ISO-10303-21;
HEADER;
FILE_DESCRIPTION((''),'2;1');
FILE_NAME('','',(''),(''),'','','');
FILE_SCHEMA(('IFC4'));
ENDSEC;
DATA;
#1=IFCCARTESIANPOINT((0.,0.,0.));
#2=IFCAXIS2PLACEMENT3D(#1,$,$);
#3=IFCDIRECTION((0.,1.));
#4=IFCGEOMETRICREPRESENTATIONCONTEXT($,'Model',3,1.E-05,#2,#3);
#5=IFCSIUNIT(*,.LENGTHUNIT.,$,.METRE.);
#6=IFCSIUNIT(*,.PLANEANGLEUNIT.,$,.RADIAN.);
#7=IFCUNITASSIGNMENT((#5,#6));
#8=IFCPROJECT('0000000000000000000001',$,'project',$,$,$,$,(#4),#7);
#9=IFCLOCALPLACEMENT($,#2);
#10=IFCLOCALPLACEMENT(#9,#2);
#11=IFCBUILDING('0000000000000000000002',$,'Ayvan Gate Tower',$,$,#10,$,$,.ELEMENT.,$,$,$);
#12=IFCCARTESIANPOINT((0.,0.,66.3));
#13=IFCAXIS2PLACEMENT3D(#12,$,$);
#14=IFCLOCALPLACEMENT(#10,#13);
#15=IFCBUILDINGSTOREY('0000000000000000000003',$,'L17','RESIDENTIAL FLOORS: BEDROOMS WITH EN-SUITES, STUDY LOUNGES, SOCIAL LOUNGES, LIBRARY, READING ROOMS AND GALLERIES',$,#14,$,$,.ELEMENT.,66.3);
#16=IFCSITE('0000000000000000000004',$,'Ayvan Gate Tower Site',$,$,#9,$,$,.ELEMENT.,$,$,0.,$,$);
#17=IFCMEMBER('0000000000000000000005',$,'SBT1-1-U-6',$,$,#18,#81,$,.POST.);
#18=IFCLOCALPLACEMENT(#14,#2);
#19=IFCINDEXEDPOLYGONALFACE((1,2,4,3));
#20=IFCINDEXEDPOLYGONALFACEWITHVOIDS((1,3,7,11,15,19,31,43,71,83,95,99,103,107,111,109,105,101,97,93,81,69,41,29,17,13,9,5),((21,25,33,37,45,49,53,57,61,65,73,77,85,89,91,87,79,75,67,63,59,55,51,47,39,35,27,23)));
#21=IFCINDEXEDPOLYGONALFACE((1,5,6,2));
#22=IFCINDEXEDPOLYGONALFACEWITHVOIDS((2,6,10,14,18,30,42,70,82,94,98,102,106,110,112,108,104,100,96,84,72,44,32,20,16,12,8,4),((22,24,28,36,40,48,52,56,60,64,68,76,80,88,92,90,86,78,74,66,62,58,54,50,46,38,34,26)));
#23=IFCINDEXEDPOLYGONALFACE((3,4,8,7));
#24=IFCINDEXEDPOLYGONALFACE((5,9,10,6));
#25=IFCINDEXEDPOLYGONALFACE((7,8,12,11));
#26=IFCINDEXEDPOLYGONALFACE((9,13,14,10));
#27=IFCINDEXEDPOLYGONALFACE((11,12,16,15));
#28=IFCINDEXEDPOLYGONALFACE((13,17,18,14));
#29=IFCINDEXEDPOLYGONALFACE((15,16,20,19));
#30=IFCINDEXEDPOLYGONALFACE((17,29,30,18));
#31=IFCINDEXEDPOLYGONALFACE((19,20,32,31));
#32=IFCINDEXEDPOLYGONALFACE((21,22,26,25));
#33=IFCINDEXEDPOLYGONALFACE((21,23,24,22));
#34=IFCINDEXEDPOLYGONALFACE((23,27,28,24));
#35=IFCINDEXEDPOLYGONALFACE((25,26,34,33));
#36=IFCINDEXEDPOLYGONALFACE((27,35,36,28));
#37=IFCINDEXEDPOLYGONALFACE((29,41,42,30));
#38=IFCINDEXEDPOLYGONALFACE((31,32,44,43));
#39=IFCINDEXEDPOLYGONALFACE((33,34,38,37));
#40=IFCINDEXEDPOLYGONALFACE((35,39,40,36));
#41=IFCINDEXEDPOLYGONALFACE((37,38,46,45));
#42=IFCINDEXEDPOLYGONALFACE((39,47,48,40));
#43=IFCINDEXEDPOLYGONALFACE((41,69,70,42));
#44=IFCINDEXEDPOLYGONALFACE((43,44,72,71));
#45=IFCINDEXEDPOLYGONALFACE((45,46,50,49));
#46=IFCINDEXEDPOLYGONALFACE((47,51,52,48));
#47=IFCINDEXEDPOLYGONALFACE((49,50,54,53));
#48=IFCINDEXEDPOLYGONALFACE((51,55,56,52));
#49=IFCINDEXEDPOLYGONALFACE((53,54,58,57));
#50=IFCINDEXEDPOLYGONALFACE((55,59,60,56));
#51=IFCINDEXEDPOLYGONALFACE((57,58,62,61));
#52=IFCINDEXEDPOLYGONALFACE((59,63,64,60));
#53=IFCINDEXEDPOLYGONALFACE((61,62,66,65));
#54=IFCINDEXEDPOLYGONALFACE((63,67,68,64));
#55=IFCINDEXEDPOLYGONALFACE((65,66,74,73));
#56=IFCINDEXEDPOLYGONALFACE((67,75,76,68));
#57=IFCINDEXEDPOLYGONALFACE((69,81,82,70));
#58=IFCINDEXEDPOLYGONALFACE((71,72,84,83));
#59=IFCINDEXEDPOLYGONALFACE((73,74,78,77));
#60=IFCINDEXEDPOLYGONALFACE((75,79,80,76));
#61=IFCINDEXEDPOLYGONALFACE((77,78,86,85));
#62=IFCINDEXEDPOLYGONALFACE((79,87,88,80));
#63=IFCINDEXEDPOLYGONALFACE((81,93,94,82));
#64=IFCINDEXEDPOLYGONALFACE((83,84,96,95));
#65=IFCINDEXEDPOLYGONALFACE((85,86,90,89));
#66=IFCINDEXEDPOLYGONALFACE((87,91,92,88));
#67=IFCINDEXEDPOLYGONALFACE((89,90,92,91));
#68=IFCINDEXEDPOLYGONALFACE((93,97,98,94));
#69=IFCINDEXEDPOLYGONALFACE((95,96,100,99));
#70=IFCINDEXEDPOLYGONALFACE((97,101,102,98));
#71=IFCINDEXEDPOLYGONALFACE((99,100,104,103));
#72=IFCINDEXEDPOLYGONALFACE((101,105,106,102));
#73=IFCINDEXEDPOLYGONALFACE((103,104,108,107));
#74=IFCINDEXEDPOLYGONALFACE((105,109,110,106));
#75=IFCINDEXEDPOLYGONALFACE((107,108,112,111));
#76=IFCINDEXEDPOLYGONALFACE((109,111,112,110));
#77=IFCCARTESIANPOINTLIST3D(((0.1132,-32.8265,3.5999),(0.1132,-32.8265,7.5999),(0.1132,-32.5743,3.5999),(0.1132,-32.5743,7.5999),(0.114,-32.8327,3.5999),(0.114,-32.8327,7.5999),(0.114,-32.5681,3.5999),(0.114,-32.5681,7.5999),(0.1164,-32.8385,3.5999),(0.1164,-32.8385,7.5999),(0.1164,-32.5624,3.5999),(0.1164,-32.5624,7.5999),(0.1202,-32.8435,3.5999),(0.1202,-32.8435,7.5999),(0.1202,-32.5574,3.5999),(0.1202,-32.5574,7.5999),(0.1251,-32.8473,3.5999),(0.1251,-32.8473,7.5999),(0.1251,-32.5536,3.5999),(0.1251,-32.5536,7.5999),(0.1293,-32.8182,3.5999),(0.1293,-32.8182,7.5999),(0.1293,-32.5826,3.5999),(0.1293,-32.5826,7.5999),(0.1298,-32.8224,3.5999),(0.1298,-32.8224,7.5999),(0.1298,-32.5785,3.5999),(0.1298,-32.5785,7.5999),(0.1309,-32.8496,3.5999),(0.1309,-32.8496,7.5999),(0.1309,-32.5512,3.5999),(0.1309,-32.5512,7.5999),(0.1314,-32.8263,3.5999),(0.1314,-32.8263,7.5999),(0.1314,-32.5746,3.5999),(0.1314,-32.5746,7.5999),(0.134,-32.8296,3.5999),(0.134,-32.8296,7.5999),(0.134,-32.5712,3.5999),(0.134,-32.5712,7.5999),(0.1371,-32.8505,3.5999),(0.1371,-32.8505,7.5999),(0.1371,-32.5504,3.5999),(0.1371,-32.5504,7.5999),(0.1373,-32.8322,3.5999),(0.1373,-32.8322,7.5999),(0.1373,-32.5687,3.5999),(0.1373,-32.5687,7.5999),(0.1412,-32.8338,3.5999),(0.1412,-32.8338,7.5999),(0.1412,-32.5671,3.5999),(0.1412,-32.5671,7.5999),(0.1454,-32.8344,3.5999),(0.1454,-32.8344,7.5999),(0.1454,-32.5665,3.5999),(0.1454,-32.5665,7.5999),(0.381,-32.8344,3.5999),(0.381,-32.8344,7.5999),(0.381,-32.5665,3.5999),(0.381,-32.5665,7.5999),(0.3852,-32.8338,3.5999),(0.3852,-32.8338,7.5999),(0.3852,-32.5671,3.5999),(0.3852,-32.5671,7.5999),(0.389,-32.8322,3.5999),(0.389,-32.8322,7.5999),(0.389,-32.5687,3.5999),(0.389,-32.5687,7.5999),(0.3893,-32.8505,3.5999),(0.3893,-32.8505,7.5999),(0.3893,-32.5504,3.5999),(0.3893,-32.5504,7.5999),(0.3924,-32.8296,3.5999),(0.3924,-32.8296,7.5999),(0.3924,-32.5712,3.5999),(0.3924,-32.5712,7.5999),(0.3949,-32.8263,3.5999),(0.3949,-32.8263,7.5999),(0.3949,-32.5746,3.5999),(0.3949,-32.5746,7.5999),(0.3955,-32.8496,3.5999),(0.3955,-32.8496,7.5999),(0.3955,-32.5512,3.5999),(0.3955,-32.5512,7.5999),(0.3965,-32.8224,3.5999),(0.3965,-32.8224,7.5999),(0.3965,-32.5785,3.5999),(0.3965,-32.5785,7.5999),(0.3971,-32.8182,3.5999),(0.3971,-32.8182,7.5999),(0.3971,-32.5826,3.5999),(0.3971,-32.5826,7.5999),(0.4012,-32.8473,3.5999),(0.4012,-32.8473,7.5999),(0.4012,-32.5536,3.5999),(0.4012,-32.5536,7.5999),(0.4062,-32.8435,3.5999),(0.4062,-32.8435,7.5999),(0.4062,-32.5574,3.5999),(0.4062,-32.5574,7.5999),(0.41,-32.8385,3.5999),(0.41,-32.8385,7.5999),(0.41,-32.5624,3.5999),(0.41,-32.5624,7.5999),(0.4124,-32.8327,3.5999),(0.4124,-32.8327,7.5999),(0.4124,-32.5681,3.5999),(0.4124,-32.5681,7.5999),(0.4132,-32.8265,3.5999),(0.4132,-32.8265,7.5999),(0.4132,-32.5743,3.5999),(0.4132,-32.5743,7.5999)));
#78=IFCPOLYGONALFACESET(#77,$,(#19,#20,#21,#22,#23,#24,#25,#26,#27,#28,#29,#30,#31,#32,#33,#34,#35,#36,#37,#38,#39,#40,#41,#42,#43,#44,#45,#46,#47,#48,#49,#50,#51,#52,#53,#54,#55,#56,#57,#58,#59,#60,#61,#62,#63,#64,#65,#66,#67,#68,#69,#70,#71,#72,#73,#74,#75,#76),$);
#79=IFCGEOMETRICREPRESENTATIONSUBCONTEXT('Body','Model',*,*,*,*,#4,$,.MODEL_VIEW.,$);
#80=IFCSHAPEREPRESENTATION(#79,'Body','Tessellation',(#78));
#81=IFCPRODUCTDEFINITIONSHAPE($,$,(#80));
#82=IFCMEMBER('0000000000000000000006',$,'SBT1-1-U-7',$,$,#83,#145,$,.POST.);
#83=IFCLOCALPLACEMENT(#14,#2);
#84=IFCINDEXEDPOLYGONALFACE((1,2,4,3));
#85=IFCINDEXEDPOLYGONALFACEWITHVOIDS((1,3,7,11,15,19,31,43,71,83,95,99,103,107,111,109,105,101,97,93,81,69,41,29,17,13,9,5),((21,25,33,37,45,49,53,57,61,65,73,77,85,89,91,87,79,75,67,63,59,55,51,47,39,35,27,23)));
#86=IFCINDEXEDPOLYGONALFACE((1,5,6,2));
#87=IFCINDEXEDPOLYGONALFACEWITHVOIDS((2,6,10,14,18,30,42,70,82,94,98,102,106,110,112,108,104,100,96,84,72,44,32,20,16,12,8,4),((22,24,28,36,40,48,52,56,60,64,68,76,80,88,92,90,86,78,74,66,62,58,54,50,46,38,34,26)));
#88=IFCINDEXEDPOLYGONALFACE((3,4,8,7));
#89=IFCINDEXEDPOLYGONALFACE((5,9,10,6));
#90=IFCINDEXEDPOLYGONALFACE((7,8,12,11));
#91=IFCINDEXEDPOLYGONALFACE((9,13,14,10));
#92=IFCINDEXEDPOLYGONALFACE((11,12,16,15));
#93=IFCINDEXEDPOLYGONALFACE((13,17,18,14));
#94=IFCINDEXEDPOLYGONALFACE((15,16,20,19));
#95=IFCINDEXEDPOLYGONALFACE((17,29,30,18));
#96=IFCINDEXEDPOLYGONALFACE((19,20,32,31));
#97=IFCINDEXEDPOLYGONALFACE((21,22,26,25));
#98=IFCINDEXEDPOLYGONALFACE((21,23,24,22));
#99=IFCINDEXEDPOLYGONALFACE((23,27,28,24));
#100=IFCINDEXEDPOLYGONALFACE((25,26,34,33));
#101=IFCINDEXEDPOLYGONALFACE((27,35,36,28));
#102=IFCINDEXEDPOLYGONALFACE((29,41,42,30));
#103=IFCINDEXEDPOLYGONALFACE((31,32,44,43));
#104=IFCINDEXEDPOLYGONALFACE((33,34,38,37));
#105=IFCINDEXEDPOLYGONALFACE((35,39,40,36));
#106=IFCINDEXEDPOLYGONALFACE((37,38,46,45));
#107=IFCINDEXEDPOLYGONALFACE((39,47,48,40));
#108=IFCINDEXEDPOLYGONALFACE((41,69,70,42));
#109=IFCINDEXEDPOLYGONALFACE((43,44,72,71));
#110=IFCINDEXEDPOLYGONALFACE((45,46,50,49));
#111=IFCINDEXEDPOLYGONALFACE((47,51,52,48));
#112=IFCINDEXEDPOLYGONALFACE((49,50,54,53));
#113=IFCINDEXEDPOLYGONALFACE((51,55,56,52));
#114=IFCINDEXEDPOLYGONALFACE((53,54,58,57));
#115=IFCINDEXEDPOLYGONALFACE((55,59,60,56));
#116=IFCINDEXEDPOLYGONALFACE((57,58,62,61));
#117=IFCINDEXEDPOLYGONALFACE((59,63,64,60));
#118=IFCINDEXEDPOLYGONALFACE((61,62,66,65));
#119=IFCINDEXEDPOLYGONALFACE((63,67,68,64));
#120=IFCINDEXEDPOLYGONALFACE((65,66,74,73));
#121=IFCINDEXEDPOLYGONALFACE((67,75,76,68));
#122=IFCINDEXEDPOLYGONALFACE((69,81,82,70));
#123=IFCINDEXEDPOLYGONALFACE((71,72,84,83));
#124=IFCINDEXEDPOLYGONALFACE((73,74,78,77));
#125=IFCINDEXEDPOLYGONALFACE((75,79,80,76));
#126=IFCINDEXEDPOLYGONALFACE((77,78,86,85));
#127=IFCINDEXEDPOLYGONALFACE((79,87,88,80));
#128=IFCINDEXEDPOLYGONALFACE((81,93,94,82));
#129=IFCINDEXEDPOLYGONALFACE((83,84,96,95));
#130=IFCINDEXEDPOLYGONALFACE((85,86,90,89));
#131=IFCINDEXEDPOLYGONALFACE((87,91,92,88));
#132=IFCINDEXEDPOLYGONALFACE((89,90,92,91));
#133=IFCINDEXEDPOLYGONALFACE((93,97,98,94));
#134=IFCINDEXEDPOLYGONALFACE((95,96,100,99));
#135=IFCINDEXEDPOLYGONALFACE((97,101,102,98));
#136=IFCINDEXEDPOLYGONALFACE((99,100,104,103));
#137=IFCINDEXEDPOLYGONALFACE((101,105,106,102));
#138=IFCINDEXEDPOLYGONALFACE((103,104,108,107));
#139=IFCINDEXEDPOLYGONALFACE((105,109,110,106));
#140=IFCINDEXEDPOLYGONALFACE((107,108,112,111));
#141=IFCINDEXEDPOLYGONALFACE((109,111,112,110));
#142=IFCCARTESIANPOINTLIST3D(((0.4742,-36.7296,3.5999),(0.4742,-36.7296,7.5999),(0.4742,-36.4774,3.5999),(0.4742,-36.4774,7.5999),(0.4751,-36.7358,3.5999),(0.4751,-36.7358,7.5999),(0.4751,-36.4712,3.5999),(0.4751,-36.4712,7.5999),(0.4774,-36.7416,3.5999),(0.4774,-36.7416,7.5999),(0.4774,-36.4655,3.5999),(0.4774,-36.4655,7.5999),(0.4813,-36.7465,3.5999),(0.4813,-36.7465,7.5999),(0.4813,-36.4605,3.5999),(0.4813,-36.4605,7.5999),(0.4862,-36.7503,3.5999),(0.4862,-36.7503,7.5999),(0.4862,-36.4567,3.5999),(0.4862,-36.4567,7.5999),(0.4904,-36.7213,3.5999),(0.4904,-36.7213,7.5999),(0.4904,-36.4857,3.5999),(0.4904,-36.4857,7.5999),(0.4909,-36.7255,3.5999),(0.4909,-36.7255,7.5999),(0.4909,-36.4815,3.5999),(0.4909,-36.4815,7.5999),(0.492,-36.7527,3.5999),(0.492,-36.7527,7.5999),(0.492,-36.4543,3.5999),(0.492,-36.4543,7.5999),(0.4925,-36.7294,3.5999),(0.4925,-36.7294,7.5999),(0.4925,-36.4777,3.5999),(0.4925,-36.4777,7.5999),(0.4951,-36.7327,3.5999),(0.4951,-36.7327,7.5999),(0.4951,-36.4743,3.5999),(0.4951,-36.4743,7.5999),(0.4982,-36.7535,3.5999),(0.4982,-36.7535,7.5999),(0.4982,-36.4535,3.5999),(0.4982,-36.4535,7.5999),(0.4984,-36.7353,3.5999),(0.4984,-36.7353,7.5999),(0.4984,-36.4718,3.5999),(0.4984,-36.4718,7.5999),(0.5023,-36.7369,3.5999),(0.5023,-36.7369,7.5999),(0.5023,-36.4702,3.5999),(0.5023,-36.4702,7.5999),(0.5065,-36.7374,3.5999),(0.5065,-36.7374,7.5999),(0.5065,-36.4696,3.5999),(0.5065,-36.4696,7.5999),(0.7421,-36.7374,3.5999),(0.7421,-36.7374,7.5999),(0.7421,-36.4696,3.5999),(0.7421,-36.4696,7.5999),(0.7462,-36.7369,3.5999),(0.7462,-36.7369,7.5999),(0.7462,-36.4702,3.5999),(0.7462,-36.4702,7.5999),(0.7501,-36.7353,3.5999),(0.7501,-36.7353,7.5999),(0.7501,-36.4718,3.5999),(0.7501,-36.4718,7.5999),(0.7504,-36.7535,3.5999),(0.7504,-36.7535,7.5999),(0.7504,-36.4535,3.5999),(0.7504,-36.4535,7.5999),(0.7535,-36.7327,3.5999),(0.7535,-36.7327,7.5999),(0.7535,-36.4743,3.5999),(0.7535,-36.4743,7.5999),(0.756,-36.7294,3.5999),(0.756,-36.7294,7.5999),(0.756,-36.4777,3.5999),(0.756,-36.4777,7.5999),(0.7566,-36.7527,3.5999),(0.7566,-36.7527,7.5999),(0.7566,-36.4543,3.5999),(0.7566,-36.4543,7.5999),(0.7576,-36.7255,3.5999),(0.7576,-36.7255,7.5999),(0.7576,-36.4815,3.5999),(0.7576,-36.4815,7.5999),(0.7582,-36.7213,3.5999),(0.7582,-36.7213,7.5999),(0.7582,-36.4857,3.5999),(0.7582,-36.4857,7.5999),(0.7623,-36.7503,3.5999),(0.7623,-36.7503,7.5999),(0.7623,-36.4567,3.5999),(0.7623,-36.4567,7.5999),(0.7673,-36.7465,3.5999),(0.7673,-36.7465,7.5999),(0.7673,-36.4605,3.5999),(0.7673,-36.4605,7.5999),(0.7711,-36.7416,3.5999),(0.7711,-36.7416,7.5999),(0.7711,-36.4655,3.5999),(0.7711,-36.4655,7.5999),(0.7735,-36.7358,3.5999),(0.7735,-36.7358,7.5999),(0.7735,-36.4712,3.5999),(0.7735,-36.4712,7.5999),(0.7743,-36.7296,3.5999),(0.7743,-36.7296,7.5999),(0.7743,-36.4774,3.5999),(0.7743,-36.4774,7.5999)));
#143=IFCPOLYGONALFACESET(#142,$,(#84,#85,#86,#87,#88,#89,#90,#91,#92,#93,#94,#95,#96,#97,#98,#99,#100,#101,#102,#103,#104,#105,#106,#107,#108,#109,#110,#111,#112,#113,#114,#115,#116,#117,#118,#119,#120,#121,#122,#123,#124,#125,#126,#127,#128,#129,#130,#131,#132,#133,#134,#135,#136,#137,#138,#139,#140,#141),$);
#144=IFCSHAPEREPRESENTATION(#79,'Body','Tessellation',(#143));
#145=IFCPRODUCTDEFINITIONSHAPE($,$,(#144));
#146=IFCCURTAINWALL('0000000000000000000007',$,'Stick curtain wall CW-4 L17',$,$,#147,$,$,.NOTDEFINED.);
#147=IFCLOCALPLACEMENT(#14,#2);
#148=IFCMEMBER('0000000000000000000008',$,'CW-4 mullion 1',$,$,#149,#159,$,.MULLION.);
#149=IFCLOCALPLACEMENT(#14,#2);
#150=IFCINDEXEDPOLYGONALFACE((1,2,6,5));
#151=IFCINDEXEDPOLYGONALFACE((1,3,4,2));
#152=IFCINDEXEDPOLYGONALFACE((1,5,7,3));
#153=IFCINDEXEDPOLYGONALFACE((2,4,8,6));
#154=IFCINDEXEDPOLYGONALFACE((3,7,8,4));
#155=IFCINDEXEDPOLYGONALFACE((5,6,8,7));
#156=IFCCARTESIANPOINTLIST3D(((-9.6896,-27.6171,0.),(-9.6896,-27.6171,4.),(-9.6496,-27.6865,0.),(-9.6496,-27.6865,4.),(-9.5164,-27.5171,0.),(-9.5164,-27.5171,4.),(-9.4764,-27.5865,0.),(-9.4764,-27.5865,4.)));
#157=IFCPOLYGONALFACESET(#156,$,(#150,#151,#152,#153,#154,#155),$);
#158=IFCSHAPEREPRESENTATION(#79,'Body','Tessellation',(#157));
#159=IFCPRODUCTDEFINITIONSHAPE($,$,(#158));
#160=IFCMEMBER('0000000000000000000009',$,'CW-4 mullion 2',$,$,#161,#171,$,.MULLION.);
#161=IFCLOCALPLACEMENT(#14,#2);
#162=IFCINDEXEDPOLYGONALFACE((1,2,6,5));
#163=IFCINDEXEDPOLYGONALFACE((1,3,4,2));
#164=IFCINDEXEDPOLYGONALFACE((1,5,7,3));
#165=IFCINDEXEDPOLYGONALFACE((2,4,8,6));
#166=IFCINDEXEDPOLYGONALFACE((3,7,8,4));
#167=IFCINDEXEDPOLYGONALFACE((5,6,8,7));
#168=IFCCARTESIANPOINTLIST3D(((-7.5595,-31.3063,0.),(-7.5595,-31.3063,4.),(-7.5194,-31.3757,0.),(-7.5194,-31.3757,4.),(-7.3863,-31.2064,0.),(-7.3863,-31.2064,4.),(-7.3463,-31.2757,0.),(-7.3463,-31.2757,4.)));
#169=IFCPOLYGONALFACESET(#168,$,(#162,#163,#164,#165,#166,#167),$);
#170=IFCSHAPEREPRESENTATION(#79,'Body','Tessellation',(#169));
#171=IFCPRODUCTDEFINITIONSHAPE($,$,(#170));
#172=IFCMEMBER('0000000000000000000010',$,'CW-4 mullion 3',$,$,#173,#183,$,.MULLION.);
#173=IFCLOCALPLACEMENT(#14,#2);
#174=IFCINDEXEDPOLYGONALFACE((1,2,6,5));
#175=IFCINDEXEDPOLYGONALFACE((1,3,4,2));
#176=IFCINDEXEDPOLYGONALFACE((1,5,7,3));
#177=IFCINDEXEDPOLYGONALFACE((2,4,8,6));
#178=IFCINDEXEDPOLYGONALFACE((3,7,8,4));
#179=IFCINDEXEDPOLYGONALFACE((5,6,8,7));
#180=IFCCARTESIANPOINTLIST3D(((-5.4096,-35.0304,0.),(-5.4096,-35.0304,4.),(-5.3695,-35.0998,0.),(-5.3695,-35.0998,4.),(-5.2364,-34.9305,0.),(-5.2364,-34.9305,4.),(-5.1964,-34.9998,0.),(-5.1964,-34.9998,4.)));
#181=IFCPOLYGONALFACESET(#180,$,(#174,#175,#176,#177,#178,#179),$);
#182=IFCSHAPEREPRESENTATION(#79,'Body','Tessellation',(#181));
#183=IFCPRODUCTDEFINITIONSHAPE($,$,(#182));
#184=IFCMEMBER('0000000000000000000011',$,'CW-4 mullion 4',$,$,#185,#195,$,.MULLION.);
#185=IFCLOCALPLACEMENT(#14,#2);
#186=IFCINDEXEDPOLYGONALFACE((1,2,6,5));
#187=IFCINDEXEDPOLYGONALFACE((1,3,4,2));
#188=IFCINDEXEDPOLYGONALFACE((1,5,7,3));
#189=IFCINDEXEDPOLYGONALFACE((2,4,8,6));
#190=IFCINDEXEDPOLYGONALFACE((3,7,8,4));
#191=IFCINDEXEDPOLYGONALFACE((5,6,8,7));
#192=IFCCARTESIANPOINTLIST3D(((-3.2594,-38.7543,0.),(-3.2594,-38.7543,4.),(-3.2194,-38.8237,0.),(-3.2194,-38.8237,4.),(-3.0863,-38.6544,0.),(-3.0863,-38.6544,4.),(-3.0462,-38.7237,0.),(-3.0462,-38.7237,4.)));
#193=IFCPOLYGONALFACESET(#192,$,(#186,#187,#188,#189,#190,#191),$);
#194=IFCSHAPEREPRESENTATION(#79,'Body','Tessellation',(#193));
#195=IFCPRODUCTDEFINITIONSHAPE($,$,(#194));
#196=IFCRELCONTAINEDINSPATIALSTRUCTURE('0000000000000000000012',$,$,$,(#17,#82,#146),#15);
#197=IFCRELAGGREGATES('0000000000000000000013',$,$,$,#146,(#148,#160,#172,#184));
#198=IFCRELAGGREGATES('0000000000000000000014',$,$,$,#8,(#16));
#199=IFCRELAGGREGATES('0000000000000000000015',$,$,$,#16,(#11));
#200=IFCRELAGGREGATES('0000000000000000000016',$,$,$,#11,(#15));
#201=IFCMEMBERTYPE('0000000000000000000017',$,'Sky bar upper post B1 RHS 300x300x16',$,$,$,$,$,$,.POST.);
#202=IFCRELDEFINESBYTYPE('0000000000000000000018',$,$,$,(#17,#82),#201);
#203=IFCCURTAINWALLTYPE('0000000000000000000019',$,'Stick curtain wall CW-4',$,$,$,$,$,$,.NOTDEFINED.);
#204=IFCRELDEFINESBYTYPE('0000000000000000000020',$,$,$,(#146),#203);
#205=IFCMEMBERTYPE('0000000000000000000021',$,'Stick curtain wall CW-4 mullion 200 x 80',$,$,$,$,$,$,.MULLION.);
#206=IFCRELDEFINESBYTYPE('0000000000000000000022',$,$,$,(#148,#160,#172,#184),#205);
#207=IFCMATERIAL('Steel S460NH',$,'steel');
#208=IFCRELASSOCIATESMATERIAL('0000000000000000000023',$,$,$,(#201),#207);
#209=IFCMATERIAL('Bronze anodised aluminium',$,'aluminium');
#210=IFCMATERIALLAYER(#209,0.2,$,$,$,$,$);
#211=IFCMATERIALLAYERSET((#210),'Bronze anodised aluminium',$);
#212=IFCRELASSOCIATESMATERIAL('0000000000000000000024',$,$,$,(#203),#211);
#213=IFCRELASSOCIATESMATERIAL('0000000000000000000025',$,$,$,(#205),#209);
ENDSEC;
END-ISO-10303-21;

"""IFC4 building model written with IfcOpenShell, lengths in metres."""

from ifc_helpers import new_model, si_unit, direction, frame, origin, origin_2d, place, context, subcontext, project, spatial, rectangle, hollow_rectangle, extrude, material, layer, layer_set, material_profile, profile_set, type_object, element, aggregate, save


model = new_model("IFC4")

# Units and contexts
model_context = context("Model", 3, precision=1e-05, world=origin(), true_north=direction((0.0, 1.0)))
body_context = subcontext(model_context, "Body", "Model", "MODEL_VIEW")
ifc_project = project(units=[si_unit("LENGTHUNIT", "METRE"), si_unit("PLANEANGLEUNIT", "RADIAN")], contexts=[model_context])

# Site, building, storey
site_placement = place(None, origin())
site = spatial("IfcSite", under=ifc_project, at=site_placement, Name="Ayvan Gate Tower Site", CompositionType="ELEMENT", RefElevation=0.0)
building_placement = place(site_placement, origin())
building = spatial("IfcBuilding", under=site, at=building_placement, Name="Ayvan Gate Tower", CompositionType="ELEMENT")
storey_placement = place(building_placement, frame((0.0, 0.0, 66.3)))
storey = spatial("IfcBuildingStorey", under=building, at=storey_placement, Name="L17", Description="RESIDENTIAL FLOORS: BEDROOMS WITH EN-SUITES, STUDY LOUNGES, SOCIAL LOUNGES, LIBRARY, READING ROOMS AND GALLERIES", CompositionType="ELEMENT", Elevation=66.3)

# Shared definitions
ifc_material_1 = material(Name="Steel S460NH", Category="steel")

# Members
ifc_material_profile_1 = material_profile(ifc_material_1, hollow_rectangle(XDim=0.3, YDim=0.3, WallThickness=0.0161, InnerFilletRadius=0.0161, OuterFilletRadius=0.0239, at=origin_2d()), Name="RHS 300x300x16")
ifc_profile_set_1 = profile_set([ifc_material_profile_1], Name="Steel S460NH")
member_type_1 = type_object("IfcMemberType", Name="Sky bar upper post B1 RHS 300x300x16", PredefinedType="POST", material=ifc_profile_set_1)
for number, where, z_axis, x_axis, name in (
    (1, (0.2632, -32.7004, 3.5999), (0.0, 0.0, 1.0), (1.0, 0.0, 0.0), "SBT1-1-U-6"),
    (2, (0.6243, -36.6035, 3.5999), (0.0, 0.0, 1.0), (1.0, 0.0, 0.0), "SBT1-1-U-7"),
):
    element("IfcMember", number, at=place(storey_placement, frame(where, z_axis=z_axis, x_axis=x_axis)), inside=storey, type_object=member_type_1, Name=name, PredefinedType="POST", context=body_context, shape_type="SweptSolid", body=[
        extrude(hollow_rectangle(XDim=0.3, YDim=0.3, WallThickness=0.0161, InnerFilletRadius=0.0161, OuterFilletRadius=0.0239, at=origin_2d()), origin(), (0.0, 0.0, 1.0), 4.0),
    ])

# Curtain wall, members
ifc_material_2 = material(Name="Bronze anodised aluminium", Category="aluminium")
ifc_layer_1 = layer(ifc_material_2, 0.2)
ifc_layer_set_1 = layer_set([ifc_layer_1], Name="Bronze anodised aluminium")
curtain_wall_type = type_object("IfcCurtainWallType", Name="Stick curtain wall CW-4", PredefinedType="NOTDEFINED", material=ifc_layer_set_1)
curtain_wall_1_placement = place(storey_placement, origin())
curtain_wall_1 = element("IfcCurtainWall", 3, at=curtain_wall_1_placement, inside=storey, type_object=curtain_wall_type, Name="Stick curtain wall CW-4 L17", PredefinedType="NOTDEFINED")
ifc_material_profile_2 = material_profile(ifc_material_2, rectangle(XDim=0.2, YDim=0.0801, at=origin_2d()), Name="Stick curtain wall CW-4 mullion 200 x 80")
ifc_profile_set_2 = profile_set([ifc_material_profile_2], Name="Bronze anodised aluminium")
member_type_2 = type_object("IfcMemberType", Name="Stick curtain wall CW-4 mullion 200 x 80", PredefinedType="MULLION", material=ifc_profile_set_2)
member_1_placement = place(storey_placement, frame((-9.583, -27.6018, 0.0), z_axis=(0.0, 0.0, 1.0), x_axis=(-0.866025, -0.5, 0.0)))
member_1 = element("IfcMember", 4, at=member_1_placement, type_object=member_type_2, Name="CW-4 mullion 1", PredefinedType="MULLION", context=body_context, shape_type="SweptSolid", body=[
    extrude(rectangle(XDim=0.2, YDim=0.0801, at=origin_2d()), origin(), (0.0, 0.0, 1.0), 4.0),
])
member_2_placement = place(storey_placement, frame((-7.4529, -31.291, 0.0), z_axis=(0.0, 0.0, 1.0), x_axis=(-0.866025, -0.5, 0.0)))
member_2 = element("IfcMember", 5, at=member_2_placement, type_object=member_type_2, Name="CW-4 mullion 2", PredefinedType="MULLION", context=body_context, shape_type="SweptSolid", body=[
    extrude(rectangle(XDim=0.2, YDim=0.0801, at=origin_2d()), origin(), (0.0, 0.0, 1.0), 4.0),
])
member_3_placement = place(storey_placement, frame((-5.303, -35.0151, 0.0), z_axis=(0.0, 0.0, 1.0), x_axis=(-0.866025, -0.5, 0.0)))
member_3 = element("IfcMember", 6, at=member_3_placement, type_object=member_type_2, Name="CW-4 mullion 3", PredefinedType="MULLION", context=body_context, shape_type="SweptSolid", body=[
    extrude(rectangle(XDim=0.2, YDim=0.0801, at=origin_2d()), origin(), (0.0, 0.0, 1.0), 4.0),
])
member_4_placement = place(storey_placement, frame((-3.1528, -38.739, 0.0), z_axis=(0.0, 0.0, 1.0), x_axis=(-0.866025, -0.5, 0.0)))
member_4 = element("IfcMember", 7, at=member_4_placement, type_object=member_type_2, Name="CW-4 mullion 4", PredefinedType="MULLION", context=body_context, shape_type="SweptSolid", body=[
    extrude(rectangle(XDim=0.2, YDim=0.0801, at=origin_2d()), origin(), (0.0, 0.0, 1.0), 4.0),
])

aggregate(curtain_wall_1, [member_1, member_2, member_3, member_4])

save(model, "model.ifc")
